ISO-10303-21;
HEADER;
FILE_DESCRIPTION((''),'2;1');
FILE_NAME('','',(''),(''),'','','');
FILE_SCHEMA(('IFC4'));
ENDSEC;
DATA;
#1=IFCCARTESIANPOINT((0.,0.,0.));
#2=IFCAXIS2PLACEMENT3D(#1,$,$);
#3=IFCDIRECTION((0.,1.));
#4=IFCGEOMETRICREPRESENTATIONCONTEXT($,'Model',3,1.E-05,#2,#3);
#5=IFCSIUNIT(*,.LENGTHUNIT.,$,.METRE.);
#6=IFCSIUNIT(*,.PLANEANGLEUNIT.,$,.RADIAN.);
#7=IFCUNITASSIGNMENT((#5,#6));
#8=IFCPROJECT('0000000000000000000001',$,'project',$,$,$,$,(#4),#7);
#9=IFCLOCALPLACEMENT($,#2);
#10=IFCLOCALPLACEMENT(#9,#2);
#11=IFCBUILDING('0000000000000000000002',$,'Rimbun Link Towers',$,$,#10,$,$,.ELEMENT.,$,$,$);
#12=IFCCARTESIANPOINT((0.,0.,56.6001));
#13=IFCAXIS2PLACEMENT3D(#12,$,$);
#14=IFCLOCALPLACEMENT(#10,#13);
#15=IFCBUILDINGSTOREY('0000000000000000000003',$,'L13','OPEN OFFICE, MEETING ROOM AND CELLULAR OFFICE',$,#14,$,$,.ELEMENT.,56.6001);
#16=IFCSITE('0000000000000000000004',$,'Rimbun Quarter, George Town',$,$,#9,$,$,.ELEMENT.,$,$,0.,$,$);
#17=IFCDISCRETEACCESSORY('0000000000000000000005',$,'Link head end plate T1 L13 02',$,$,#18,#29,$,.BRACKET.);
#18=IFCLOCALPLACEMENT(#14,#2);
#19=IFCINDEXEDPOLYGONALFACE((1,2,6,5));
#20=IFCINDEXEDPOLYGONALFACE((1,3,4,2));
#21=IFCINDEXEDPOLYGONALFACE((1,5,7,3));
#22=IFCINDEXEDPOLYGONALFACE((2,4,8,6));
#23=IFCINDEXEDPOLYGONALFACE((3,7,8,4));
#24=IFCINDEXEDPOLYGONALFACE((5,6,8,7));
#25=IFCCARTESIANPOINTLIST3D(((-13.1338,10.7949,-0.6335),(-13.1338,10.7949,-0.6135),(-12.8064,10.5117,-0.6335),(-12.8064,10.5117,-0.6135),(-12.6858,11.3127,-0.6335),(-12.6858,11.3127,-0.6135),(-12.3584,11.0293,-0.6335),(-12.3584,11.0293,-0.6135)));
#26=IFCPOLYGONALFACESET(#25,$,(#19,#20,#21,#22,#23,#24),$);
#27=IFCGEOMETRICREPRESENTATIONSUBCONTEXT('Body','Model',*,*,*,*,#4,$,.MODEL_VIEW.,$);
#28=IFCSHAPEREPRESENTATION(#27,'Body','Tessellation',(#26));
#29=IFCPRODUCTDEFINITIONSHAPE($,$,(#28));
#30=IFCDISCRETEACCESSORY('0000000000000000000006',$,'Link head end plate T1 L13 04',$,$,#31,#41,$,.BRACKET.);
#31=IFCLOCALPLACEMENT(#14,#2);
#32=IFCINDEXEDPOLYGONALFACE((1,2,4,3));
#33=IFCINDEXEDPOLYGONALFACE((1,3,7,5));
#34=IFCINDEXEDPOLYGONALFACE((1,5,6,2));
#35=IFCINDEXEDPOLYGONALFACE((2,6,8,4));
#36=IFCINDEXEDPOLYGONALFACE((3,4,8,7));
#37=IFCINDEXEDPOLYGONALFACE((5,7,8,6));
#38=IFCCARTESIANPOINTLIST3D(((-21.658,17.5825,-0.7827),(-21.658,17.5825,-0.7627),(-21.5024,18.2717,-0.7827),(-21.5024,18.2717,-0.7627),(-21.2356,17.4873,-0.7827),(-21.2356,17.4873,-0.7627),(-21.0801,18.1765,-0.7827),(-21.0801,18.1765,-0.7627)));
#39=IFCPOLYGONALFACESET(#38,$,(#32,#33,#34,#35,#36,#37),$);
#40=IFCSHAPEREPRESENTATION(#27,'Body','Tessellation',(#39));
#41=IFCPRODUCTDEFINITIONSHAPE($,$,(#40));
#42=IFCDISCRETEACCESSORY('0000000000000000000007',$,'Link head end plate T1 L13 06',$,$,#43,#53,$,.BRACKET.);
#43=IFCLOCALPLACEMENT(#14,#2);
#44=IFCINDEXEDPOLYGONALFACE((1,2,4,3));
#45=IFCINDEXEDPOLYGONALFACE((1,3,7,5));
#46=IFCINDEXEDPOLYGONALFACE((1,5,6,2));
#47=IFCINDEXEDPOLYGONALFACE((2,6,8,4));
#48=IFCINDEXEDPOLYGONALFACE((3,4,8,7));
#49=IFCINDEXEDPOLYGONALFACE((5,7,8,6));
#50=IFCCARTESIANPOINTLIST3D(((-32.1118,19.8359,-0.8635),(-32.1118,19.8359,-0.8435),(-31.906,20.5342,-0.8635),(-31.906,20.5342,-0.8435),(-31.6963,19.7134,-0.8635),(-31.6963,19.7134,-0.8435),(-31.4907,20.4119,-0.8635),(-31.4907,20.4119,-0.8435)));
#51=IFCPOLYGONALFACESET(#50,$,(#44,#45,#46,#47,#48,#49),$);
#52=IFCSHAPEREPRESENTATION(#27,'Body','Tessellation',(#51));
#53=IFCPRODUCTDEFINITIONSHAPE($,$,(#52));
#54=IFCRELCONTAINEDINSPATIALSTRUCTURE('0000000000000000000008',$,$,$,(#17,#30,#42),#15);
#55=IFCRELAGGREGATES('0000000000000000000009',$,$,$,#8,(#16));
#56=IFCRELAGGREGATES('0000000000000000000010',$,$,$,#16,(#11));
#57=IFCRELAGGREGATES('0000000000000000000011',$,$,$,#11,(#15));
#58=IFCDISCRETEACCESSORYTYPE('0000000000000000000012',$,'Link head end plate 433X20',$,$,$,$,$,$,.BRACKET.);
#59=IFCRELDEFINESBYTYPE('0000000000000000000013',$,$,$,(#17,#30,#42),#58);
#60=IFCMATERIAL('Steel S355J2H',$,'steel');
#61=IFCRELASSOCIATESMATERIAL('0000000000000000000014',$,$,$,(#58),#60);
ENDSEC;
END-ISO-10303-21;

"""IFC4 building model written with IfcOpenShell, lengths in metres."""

from ifc_helpers import new_model, si_unit, direction, frame, origin, origin_2d, place, context, subcontext, project, spatial, polyline, rectangle, outline, extrude, material, material_profile, profile_set, type_object, element, save


model = new_model("IFC4")

# Units and contexts
model_context = context("Model", 3, precision=1e-05, world=origin(), true_north=direction((0.0, 1.0)))
body_context = subcontext(model_context, "Body", "Model", "MODEL_VIEW")
ifc_project = project(units=[si_unit("LENGTHUNIT", "METRE"), si_unit("PLANEANGLEUNIT", "RADIAN")], contexts=[model_context])

# Site, building, storey
site_placement = place(None, origin())
site = spatial("IfcSite", under=ifc_project, at=site_placement, Name="Rimbun Quarter, George Town", CompositionType="ELEMENT", RefElevation=0.0)
building_placement = place(site_placement, origin())
building = spatial("IfcBuilding", under=site, at=building_placement, Name="Rimbun Link Towers", CompositionType="ELEMENT")
storey_placement = place(building_placement, frame((0.0, 0.0, 56.6001)))
storey = spatial("IfcBuildingStorey", under=building, at=storey_placement, Name="L13", Description="OPEN OFFICE, MEETING ROOM AND CELLULAR OFFICE", CompositionType="ELEMENT", Elevation=56.6001)

# Discrete accessories
ifc_material_1 = material(Name="Steel S355J2H", Category="steel")
ifc_material_profile_1 = material_profile(ifc_material_1, rectangle(XDim=0.4331, YDim=0.4331, at=origin_2d()), Name="PL 433x433")
ifc_profile_set_1 = profile_set([ifc_material_profile_1], Name="Steel S355J2H")
discrete_accessory_type_1 = type_object("IfcDiscreteAccessoryType", Name="Link head end plate 433X20", PredefinedType="BRACKET", material=ifc_profile_set_1)
discrete_accessory_1_placement = place(storey_placement, frame((0.0, 0.0, -0.6335)))
element("IfcDiscreteAccessory", 1, at=discrete_accessory_1_placement, inside=storey, type_object=discrete_accessory_type_1, Name="Link head end plate T1 L13 02", PredefinedType="BRACKET", context=body_context, shape_type="SweptSolid", body=[
    extrude(outline(polyline([(-12.8064, 10.5117), (-12.3584, 11.0293), (-12.6858, 11.3127), (-13.1338, 10.7949), (-12.8064, 10.5117)])), origin(), (0.0, 0.0, 1.0), 0.02),
])
discrete_accessory_2_placement = place(storey_placement, frame((0.0, 0.0, -0.7827)))
element("IfcDiscreteAccessory", 2, at=discrete_accessory_2_placement, inside=storey, type_object=discrete_accessory_type_1, Name="Link head end plate T1 L13 04", PredefinedType="BRACKET", context=body_context, shape_type="SweptSolid", body=[
    extrude(outline(polyline([(-21.2356, 17.4873), (-21.0801, 18.1765), (-21.5024, 18.2717), (-21.658, 17.5825), (-21.2356, 17.4873)])), origin(), (0.0, 0.0, 1.0), 0.02),
])
discrete_accessory_3_placement = place(storey_placement, frame((0.0, 0.0, -0.8635)))
element("IfcDiscreteAccessory", 3, at=discrete_accessory_3_placement, inside=storey, type_object=discrete_accessory_type_1, Name="Link head end plate T1 L13 06", PredefinedType="BRACKET", context=body_context, shape_type="SweptSolid", body=[
    extrude(outline(polyline([(-31.6963, 19.7134), (-31.4907, 20.4119), (-31.906, 20.5342), (-32.1118, 19.8359), (-31.6963, 19.7134)])), origin(), (0.0, 0.0, 1.0), 0.02),
])

save(model, "model.ifc")
